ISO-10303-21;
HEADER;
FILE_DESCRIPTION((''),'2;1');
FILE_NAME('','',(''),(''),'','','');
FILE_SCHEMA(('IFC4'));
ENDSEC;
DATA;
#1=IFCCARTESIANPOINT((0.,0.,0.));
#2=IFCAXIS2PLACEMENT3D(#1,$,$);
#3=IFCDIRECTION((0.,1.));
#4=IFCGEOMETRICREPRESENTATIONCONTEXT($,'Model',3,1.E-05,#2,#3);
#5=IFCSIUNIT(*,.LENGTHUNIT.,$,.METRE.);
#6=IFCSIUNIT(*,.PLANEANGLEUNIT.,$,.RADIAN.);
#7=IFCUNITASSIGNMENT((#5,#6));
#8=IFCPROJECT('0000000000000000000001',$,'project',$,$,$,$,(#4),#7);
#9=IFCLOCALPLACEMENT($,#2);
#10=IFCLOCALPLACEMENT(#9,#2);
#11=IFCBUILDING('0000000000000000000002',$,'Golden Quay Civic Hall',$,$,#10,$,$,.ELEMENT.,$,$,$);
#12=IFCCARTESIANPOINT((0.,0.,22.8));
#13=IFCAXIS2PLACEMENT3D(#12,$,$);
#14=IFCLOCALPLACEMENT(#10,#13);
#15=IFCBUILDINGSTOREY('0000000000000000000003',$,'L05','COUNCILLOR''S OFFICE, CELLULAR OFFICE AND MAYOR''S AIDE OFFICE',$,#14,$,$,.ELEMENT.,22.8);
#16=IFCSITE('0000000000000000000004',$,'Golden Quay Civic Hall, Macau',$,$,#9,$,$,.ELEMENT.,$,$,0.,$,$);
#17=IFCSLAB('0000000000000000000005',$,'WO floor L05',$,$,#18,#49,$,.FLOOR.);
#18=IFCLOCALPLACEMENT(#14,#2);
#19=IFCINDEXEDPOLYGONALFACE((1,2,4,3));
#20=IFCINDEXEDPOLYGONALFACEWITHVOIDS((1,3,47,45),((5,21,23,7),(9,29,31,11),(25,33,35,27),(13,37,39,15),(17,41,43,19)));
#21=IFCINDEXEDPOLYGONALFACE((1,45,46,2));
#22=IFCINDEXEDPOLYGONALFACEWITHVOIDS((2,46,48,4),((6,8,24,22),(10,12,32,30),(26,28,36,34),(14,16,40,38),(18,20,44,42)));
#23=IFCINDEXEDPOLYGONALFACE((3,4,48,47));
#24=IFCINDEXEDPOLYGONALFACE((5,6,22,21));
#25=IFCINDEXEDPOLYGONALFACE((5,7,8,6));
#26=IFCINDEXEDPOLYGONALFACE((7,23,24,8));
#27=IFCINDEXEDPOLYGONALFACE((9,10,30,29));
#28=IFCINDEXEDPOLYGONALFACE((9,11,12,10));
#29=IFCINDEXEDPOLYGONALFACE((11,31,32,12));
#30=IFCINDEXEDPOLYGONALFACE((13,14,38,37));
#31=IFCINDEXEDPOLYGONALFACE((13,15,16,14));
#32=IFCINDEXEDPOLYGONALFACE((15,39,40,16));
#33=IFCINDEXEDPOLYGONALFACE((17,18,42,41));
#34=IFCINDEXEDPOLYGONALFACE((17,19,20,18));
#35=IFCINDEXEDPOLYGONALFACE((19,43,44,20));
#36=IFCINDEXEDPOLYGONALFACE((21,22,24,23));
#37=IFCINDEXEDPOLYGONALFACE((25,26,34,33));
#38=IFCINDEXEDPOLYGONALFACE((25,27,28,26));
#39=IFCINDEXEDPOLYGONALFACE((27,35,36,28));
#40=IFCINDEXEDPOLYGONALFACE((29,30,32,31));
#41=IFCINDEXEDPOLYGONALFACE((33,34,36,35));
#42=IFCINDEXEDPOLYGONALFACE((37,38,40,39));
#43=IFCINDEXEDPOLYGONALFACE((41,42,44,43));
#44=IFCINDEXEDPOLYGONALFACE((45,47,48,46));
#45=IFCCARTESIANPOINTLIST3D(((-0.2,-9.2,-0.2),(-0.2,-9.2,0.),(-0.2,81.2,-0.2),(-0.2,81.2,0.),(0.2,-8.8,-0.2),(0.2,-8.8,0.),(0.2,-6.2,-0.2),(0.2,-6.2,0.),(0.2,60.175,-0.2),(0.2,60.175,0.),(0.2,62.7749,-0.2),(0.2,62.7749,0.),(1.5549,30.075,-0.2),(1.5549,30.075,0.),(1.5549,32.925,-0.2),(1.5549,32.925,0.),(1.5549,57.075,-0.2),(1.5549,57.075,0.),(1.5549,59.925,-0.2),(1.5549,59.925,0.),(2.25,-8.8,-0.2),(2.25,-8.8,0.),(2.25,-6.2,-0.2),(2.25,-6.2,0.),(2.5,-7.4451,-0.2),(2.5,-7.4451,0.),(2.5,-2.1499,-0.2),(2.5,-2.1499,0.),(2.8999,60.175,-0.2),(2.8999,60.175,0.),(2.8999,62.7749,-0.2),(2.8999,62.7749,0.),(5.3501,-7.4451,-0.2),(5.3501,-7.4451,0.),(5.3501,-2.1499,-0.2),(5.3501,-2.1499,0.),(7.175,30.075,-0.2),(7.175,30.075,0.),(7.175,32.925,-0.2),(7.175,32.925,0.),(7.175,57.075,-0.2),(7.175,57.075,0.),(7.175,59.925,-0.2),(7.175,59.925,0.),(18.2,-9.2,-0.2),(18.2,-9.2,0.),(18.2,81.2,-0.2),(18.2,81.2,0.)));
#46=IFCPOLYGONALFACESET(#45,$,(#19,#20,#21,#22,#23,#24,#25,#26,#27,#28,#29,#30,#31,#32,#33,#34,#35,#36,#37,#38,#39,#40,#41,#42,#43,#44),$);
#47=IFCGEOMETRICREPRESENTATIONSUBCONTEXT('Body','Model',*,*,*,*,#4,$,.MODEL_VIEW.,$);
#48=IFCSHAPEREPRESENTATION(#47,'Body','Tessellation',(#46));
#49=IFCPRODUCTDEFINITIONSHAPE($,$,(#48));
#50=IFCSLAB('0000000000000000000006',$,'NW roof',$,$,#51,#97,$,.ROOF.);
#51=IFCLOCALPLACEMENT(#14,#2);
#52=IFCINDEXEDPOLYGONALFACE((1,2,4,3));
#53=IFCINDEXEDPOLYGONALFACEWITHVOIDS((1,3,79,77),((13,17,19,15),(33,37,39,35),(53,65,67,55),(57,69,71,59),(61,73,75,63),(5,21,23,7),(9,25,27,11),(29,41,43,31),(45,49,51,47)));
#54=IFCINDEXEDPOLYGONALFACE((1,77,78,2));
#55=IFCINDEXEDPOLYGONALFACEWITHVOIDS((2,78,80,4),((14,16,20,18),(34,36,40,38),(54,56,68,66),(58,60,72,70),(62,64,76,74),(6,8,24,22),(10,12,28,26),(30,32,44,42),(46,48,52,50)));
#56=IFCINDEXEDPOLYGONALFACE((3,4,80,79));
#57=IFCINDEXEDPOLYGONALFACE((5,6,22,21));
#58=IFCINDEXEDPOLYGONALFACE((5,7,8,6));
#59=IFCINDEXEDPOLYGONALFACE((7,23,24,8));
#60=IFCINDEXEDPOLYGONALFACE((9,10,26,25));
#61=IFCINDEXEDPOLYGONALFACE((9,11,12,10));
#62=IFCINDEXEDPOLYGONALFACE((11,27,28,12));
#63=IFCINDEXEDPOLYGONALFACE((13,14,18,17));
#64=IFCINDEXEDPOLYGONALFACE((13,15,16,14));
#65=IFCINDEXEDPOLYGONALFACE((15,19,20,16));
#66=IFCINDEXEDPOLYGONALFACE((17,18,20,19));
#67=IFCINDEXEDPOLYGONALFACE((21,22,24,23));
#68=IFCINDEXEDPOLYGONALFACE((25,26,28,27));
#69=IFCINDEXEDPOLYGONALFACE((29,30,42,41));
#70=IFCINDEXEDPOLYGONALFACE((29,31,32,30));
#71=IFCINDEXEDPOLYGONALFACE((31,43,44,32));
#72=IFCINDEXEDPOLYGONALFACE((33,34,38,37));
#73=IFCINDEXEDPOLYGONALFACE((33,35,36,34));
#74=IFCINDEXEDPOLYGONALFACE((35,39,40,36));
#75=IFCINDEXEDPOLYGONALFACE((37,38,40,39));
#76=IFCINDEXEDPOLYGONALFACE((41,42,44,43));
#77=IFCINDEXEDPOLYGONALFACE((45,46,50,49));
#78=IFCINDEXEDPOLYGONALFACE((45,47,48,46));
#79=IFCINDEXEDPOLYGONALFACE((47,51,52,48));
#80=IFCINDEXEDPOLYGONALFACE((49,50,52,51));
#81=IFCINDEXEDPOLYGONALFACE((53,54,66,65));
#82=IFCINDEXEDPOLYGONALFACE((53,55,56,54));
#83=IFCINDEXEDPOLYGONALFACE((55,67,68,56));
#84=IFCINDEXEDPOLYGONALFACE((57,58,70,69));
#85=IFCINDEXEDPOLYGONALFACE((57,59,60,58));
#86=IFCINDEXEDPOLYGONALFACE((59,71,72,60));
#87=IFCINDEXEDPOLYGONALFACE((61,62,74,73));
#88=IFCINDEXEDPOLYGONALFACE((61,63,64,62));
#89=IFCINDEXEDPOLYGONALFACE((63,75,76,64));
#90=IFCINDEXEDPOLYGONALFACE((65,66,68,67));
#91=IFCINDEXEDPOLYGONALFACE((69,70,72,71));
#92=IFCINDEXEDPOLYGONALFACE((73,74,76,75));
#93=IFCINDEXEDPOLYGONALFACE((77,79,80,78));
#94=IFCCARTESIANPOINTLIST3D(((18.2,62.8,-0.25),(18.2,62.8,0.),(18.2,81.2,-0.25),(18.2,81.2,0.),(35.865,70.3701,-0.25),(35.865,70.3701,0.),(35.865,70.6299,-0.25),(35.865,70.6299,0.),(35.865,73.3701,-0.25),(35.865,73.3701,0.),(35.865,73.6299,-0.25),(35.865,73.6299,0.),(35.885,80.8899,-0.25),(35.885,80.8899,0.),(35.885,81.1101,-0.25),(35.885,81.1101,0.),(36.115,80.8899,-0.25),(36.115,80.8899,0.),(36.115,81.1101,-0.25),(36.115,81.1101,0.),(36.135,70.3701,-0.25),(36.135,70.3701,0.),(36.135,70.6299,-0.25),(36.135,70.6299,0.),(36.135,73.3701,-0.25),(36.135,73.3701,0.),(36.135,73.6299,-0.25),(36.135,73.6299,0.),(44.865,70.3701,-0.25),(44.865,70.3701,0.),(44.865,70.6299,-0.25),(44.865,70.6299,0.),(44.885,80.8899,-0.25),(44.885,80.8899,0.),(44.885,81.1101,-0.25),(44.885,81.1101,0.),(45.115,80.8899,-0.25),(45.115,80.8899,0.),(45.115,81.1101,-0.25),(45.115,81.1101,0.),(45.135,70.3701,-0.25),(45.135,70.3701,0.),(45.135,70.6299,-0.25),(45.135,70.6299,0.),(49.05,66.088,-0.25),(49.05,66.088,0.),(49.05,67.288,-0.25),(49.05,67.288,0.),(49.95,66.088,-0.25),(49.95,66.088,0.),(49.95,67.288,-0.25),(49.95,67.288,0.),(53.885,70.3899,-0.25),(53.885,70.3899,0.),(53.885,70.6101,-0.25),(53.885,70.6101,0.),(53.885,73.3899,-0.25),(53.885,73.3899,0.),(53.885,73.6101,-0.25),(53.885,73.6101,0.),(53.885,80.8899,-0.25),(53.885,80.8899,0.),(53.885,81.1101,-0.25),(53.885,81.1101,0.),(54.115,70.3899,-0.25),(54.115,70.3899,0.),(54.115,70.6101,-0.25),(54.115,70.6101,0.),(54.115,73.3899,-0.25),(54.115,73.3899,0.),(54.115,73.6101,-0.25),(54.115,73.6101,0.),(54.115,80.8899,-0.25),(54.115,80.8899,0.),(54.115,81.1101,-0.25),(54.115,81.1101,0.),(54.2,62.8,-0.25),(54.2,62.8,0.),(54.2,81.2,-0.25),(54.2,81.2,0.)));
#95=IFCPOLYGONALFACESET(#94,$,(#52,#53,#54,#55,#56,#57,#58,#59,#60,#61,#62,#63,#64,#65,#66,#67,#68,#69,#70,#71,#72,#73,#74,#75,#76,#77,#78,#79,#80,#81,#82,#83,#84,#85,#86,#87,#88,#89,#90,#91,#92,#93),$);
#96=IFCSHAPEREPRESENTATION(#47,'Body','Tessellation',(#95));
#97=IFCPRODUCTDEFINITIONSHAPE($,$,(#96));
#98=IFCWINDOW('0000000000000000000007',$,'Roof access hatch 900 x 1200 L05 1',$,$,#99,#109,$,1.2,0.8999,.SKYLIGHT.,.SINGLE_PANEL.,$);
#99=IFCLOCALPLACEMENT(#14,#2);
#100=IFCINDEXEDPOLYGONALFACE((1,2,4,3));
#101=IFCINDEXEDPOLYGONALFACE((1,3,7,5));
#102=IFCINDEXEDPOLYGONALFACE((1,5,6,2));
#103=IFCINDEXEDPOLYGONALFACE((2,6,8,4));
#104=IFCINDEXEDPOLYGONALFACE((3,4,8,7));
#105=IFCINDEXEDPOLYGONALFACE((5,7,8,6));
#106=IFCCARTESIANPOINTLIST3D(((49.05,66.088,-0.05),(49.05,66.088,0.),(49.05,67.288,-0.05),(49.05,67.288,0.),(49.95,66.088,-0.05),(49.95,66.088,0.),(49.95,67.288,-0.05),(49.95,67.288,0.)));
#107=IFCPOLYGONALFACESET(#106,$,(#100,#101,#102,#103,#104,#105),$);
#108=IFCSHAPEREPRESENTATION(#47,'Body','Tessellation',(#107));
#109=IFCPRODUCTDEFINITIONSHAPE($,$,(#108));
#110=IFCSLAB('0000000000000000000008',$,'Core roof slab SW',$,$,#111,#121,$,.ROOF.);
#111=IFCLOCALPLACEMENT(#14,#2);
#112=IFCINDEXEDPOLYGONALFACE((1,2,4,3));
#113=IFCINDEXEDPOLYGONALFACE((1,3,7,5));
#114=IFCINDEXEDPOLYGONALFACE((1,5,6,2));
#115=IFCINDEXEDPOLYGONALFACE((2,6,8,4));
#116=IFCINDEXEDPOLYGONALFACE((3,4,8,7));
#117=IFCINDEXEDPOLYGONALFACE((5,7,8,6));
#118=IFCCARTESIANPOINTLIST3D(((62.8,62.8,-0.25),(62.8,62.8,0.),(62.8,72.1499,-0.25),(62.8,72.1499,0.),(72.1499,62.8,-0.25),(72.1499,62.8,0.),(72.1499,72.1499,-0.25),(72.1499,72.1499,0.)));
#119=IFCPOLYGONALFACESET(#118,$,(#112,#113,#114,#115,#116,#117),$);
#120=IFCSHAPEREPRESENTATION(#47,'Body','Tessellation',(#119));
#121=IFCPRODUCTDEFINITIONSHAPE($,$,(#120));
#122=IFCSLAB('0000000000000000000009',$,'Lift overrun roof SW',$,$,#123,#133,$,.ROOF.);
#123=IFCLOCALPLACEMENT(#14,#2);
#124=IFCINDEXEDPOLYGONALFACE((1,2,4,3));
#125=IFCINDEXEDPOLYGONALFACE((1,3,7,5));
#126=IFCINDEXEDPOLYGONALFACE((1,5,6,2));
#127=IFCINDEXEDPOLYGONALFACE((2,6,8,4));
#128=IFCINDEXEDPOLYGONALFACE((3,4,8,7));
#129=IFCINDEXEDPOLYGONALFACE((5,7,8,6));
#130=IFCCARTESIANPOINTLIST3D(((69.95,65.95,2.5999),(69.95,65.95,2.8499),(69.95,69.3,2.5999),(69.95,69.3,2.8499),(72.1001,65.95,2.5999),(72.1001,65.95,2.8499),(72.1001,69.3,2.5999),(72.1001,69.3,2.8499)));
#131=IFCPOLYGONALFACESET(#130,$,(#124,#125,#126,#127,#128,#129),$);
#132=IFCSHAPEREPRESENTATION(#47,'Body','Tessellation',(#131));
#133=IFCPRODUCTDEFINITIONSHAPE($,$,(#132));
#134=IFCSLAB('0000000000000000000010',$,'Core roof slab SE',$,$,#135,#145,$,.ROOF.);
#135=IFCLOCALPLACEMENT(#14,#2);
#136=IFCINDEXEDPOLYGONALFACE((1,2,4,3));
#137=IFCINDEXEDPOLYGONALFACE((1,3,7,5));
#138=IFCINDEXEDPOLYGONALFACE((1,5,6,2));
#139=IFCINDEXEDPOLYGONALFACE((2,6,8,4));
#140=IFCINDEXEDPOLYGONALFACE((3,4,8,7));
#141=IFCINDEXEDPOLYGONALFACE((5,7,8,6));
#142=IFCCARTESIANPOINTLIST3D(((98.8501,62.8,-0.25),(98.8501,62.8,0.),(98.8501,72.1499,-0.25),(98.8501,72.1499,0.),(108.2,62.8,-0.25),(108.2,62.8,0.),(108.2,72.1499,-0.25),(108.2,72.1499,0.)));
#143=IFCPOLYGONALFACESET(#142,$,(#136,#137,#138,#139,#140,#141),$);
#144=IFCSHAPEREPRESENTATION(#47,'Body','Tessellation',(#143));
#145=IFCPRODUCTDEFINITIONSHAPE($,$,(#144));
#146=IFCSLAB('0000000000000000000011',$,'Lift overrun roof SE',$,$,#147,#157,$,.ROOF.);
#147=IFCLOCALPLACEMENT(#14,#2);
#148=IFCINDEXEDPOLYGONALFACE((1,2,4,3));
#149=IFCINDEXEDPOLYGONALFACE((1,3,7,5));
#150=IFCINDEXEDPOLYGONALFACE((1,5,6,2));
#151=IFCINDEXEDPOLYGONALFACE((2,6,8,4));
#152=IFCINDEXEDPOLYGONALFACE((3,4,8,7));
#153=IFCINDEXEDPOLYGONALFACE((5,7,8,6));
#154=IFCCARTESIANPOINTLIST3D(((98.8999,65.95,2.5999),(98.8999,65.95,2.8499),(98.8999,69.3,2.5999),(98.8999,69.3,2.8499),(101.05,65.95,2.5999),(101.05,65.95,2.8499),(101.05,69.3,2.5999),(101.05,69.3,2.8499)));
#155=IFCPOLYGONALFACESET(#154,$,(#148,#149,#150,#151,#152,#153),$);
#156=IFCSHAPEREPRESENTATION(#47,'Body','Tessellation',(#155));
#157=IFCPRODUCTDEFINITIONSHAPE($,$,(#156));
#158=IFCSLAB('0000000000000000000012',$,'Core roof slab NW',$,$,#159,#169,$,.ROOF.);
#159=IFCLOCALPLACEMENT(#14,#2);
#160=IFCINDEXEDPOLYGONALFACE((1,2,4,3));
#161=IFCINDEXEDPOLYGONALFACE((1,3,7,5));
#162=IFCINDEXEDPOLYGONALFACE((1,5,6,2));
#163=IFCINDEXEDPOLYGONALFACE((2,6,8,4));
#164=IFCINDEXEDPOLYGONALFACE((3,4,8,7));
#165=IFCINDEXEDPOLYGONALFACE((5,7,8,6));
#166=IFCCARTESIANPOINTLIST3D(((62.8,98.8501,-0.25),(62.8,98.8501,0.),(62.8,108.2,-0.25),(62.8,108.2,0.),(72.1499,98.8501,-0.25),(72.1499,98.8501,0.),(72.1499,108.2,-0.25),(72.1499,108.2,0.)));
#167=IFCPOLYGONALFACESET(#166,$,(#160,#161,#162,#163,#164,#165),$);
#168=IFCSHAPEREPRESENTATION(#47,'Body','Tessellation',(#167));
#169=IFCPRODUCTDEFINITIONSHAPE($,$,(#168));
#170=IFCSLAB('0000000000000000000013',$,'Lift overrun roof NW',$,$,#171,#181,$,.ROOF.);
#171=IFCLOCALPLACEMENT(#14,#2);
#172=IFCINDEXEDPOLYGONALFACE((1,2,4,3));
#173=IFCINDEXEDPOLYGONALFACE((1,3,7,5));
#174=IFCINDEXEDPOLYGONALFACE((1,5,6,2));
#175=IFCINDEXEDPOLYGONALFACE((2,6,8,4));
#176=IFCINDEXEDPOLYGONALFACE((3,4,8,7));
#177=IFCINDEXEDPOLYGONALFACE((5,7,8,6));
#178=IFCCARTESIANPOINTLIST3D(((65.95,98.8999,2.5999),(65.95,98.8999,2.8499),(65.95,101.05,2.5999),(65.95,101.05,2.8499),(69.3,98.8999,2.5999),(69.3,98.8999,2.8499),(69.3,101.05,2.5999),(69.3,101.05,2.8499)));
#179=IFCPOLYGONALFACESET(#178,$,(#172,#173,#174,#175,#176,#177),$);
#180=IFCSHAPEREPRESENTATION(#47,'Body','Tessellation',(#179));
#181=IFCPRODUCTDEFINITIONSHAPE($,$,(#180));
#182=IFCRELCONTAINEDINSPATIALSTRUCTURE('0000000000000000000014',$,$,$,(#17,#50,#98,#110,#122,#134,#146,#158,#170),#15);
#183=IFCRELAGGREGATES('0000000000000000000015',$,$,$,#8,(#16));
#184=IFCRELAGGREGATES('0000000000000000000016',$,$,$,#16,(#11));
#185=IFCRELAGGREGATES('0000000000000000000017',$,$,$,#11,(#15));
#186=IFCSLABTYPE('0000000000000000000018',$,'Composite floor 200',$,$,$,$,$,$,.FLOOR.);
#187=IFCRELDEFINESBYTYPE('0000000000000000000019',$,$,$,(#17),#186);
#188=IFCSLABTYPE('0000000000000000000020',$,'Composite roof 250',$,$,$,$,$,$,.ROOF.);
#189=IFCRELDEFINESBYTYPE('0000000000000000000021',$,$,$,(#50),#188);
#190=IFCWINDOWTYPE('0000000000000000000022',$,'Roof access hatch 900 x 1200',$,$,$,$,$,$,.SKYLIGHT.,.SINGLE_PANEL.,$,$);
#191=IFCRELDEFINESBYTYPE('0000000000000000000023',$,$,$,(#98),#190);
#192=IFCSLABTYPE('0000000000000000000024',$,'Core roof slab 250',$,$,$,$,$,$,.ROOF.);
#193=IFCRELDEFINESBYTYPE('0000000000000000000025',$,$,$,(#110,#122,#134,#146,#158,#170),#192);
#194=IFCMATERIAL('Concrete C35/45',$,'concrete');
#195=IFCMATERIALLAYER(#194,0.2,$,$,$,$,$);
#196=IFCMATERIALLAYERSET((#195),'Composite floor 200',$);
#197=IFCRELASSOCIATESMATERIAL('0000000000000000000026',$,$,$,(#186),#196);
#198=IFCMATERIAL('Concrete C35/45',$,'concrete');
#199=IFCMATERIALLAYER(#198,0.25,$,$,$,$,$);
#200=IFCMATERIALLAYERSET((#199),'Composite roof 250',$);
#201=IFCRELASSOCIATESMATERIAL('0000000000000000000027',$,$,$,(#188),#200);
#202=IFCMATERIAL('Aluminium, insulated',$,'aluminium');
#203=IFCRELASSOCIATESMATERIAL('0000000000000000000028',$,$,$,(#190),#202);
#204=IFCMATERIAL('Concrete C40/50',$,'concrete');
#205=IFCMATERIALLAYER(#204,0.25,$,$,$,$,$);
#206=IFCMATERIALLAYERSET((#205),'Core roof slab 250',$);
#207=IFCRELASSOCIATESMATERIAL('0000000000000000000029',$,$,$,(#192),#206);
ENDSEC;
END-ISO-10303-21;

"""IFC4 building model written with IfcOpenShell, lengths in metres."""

from ifc_helpers import new_model, si_unit, direction, frame, origin, origin_2d, place, context, subcontext, project, spatial, polyline, rectangle, outline, extrude, material, layer, layer_set, type_object, element, fill, save


model = new_model("IFC4")

# Units and contexts
model_context = context("Model", 3, precision=1e-05, world=origin(), true_north=direction((0.0, 1.0)))
body_context = subcontext(model_context, "Body", "Model", "MODEL_VIEW")
ifc_project = project(units=[si_unit("LENGTHUNIT", "METRE"), si_unit("PLANEANGLEUNIT", "RADIAN")], contexts=[model_context])

# Site, building, storey
site_placement = place(None, origin())
site = spatial("IfcSite", under=ifc_project, at=site_placement, Name="Golden Quay Civic Hall, Macau", CompositionType="ELEMENT", RefElevation=0.0)
building_placement = place(site_placement, origin())
building = spatial("IfcBuilding", under=site, at=building_placement, Name="Golden Quay Civic Hall", CompositionType="ELEMENT")
storey_placement = place(building_placement, frame((0.0, 0.0, 22.8)))
storey = spatial("IfcBuildingStorey", under=building, at=storey_placement, Name="L05", Description="COUNCILLOR'S OFFICE, CELLULAR OFFICE AND MAYOR'S AIDE OFFICE", CompositionType="ELEMENT", Elevation=22.8)

# Slab
ifc_material_1 = material(Name="Concrete C35/45", Category="concrete")
ifc_layer_1 = layer(ifc_material_1, 0.2)
ifc_layer_set_1 = layer_set([ifc_layer_1], Name="Composite floor 200")
slab_type_1 = type_object("IfcSlabType", Name="Composite floor 200", PredefinedType="FLOOR", material=ifc_layer_set_1)
slab_1_placement = place(storey_placement, frame((0.0, 0.0, -0.2)))
element("IfcSlab", 1, at=slab_1_placement, inside=storey, type_object=slab_type_1, Name="WO floor L05", PredefinedType="FLOOR", context=body_context, shape_type="SweptSolid", body=[
    extrude(outline(polyline([(-0.2, -9.2), (-0.2, 81.2), (18.2, 81.2), (18.2, -9.2), (-0.2, -9.2)]), holes=[polyline([(5.3501, -2.1499), (2.5, -2.1499), (2.5, -7.4451), (5.3501, -7.4451), (5.3501, -2.1499)]), polyline([(2.25, -8.8), (2.25, -6.2), (0.2, -6.2), (0.2, -8.8), (2.25, -8.8)]), polyline([(1.5549, 57.075), (7.175, 57.075), (7.175, 59.925), (1.5549, 59.925), (1.5549, 57.075)]), polyline([(0.2, 62.7749), (0.2, 60.175), (2.8999, 60.175), (2.8999, 62.7749), (0.2, 62.7749)]), polyline([(7.175, 32.925), (1.5549, 32.925), (1.5549, 30.075), (7.175, 30.075), (7.175, 32.925)])]), origin(), (0.0, 0.0, 1.0), 0.2),
])

# Slab, opening, window
ifc_material_2 = material(Name="Concrete C35/45", Category="concrete")
ifc_layer_2 = layer(ifc_material_2, 0.25)
ifc_layer_set_2 = layer_set([ifc_layer_2], Name="Composite roof 250")
slab_type_2 = type_object("IfcSlabType", Name="Composite roof 250", PredefinedType="ROOF", material=ifc_layer_set_2)
slab_2_placement = place(storey_placement, frame((0.0, 0.0, -0.25)))
slab_2 = element("IfcSlab", 2, at=slab_2_placement, inside=storey, type_object=slab_type_2, Name="NW roof", PredefinedType="ROOF", context=body_context, shape_type="SweptSolid", body=[
    extrude(outline(polyline([(54.2, 81.2), (54.2, 62.8), (18.2, 62.8), (18.2, 81.2), (54.2, 81.2)]), holes=[polyline([(36.135, 70.3701), (36.135, 70.6299), (35.865, 70.6299), (35.865, 70.3701), (36.135, 70.3701)]), polyline([(35.865, 73.3701), (36.135, 73.3701), (36.135, 73.6299), (35.865, 73.6299), (35.865, 73.3701)]), polyline([(35.885, 81.1101), (35.885, 80.8899), (36.115, 80.8899), (36.115, 81.1101), (35.885, 81.1101)]), polyline([(45.135, 70.6299), (44.865, 70.6299), (44.865, 70.3701), (45.135, 70.3701), (45.135, 70.6299)]), polyline([(45.115, 80.8899), (45.115, 81.1101), (44.885, 81.1101), (44.885, 80.8899), (45.115, 80.8899)]), polyline([(53.885, 70.3899), (54.115, 70.3899), (54.115, 70.6101), (53.885, 70.6101), (53.885, 70.3899)]), polyline([(53.885, 73.6101), (53.885, 73.3899), (54.115, 73.3899), (54.115, 73.6101), (53.885, 73.6101)]), polyline([(54.115, 81.1101), (53.885, 81.1101), (53.885, 80.8899), (54.115, 80.8899), (54.115, 81.1101)])]), origin(), (0.0, 0.0, 1.0), 0.25),
])
opening_placement = place(slab_2_placement, frame((49.5, 66.688, 0.0)))
opening = element("IfcOpeningElement", 3, at=opening_placement, cuts=slab_2, PredefinedType="OPENING", context=body_context, shape_type="SweptSolid", body=[
    extrude(rectangle(XDim=0.8999, YDim=1.2, at=origin_2d()), origin(), (0.0, 0.0, 1.0), 0.25),
])
ifc_material_3 = material(Name="Aluminium, insulated", Category="aluminium")
window_type = type_object("IfcWindowType", Name="Roof access hatch 900 x 1200", PartitioningType="SINGLE_PANEL", PredefinedType="SKYLIGHT", material=ifc_material_3)
window_placement = place(opening_placement, frame((0.0, 0.0, 0.2)))
window = element("IfcWindow", 4, at=window_placement, inside=storey, type_object=window_type, Name="Roof access hatch 900 x 1200 L05 1", OverallHeight=1.2, OverallWidth=0.8999, PartitioningType="SINGLE_PANEL", PredefinedType="SKYLIGHT", context=body_context, shape_type="SweptSolid", body=[
    extrude(rectangle(XDim=0.8999, YDim=1.2, at=origin_2d()), origin(), (0.0, 0.0, 1.0), 0.05),
])
fill(opening, window)

# Slabs
ifc_material_4 = material(Name="Concrete C40/50", Category="concrete")
ifc_layer_3 = layer(ifc_material_4, 0.25)
ifc_layer_set_3 = layer_set([ifc_layer_3], Name="Core roof slab 250")
slab_type_3 = type_object("IfcSlabType", Name="Core roof slab 250", PredefinedType="ROOF", material=ifc_layer_set_3)
slab_3_placement = place(storey_placement, frame((0.0, 0.0, -0.25)))
element("IfcSlab", 5, at=slab_3_placement, inside=storey, type_object=slab_type_3, Name="Core roof slab SW", PredefinedType="ROOF", context=body_context, shape_type="SweptSolid", body=[
    extrude(outline(polyline([(62.8, 62.8), (72.1499, 62.8), (72.1499, 72.1499), (62.8, 72.1499), (62.8, 62.8)])), origin(), (0.0, 0.0, 1.0), 0.25),
])
slab_4_placement = place(storey_placement, frame((0.0, 0.0, 2.5999)))
element("IfcSlab", 6, at=slab_4_placement, inside=storey, type_object=slab_type_3, Name="Lift overrun roof SW", PredefinedType="ROOF", context=body_context, shape_type="SweptSolid", body=[
    extrude(outline(polyline([(69.95, 65.95), (72.1001, 65.95), (72.1001, 69.3), (69.95, 69.3), (69.95, 65.95)])), origin(), (0.0, 0.0, 1.0), 0.25),
])
slab_5_placement = place(storey_placement, frame((0.0, 0.0, -0.25)))
element("IfcSlab", 7, at=slab_5_placement, inside=storey, type_object=slab_type_3, Name="Core roof slab SE", PredefinedType="ROOF", context=body_context, shape_type="SweptSolid", body=[
    extrude(outline(polyline([(98.8501, 62.8), (108.2, 62.8), (108.2, 72.1499), (98.8501, 72.1499), (98.8501, 62.8)])), origin(), (0.0, 0.0, 1.0), 0.25),
])
slab_6_placement = place(storey_placement, frame((0.0, 0.0, 2.5999)))
element("IfcSlab", 8, at=slab_6_placement, inside=storey, type_object=slab_type_3, Name="Lift overrun roof SE", PredefinedType="ROOF", context=body_context, shape_type="SweptSolid", body=[
    extrude(outline(polyline([(98.8999, 65.95), (101.05, 65.95), (101.05, 69.3), (98.8999, 69.3), (98.8999, 65.95)])), origin(), (0.0, 0.0, 1.0), 0.25),
])
slab_7_placement = place(storey_placement, frame((0.0, 0.0, -0.25)))
element("IfcSlab", 9, at=slab_7_placement, inside=storey, type_object=slab_type_3, Name="Core roof slab NW", PredefinedType="ROOF", context=body_context, shape_type="SweptSolid", body=[
    extrude(outline(polyline([(62.8, 98.8501), (72.1499, 98.8501), (72.1499, 108.2), (62.8, 108.2), (62.8, 98.8501)])), origin(), (0.0, 0.0, 1.0), 0.25),
])
slab_8_placement = place(storey_placement, frame((0.0, 0.0, 2.5999)))
element("IfcSlab", 10, at=slab_8_placement, inside=storey, type_object=slab_type_3, Name="Lift overrun roof NW", PredefinedType="ROOF", context=body_context, shape_type="SweptSolid", body=[
    extrude(outline(polyline([(65.95, 98.8999), (69.3, 98.8999), (69.3, 101.05), (65.95, 101.05), (65.95, 98.8999)])), origin(), (0.0, 0.0, 1.0), 0.25),
])

save(model, "model.ifc")
